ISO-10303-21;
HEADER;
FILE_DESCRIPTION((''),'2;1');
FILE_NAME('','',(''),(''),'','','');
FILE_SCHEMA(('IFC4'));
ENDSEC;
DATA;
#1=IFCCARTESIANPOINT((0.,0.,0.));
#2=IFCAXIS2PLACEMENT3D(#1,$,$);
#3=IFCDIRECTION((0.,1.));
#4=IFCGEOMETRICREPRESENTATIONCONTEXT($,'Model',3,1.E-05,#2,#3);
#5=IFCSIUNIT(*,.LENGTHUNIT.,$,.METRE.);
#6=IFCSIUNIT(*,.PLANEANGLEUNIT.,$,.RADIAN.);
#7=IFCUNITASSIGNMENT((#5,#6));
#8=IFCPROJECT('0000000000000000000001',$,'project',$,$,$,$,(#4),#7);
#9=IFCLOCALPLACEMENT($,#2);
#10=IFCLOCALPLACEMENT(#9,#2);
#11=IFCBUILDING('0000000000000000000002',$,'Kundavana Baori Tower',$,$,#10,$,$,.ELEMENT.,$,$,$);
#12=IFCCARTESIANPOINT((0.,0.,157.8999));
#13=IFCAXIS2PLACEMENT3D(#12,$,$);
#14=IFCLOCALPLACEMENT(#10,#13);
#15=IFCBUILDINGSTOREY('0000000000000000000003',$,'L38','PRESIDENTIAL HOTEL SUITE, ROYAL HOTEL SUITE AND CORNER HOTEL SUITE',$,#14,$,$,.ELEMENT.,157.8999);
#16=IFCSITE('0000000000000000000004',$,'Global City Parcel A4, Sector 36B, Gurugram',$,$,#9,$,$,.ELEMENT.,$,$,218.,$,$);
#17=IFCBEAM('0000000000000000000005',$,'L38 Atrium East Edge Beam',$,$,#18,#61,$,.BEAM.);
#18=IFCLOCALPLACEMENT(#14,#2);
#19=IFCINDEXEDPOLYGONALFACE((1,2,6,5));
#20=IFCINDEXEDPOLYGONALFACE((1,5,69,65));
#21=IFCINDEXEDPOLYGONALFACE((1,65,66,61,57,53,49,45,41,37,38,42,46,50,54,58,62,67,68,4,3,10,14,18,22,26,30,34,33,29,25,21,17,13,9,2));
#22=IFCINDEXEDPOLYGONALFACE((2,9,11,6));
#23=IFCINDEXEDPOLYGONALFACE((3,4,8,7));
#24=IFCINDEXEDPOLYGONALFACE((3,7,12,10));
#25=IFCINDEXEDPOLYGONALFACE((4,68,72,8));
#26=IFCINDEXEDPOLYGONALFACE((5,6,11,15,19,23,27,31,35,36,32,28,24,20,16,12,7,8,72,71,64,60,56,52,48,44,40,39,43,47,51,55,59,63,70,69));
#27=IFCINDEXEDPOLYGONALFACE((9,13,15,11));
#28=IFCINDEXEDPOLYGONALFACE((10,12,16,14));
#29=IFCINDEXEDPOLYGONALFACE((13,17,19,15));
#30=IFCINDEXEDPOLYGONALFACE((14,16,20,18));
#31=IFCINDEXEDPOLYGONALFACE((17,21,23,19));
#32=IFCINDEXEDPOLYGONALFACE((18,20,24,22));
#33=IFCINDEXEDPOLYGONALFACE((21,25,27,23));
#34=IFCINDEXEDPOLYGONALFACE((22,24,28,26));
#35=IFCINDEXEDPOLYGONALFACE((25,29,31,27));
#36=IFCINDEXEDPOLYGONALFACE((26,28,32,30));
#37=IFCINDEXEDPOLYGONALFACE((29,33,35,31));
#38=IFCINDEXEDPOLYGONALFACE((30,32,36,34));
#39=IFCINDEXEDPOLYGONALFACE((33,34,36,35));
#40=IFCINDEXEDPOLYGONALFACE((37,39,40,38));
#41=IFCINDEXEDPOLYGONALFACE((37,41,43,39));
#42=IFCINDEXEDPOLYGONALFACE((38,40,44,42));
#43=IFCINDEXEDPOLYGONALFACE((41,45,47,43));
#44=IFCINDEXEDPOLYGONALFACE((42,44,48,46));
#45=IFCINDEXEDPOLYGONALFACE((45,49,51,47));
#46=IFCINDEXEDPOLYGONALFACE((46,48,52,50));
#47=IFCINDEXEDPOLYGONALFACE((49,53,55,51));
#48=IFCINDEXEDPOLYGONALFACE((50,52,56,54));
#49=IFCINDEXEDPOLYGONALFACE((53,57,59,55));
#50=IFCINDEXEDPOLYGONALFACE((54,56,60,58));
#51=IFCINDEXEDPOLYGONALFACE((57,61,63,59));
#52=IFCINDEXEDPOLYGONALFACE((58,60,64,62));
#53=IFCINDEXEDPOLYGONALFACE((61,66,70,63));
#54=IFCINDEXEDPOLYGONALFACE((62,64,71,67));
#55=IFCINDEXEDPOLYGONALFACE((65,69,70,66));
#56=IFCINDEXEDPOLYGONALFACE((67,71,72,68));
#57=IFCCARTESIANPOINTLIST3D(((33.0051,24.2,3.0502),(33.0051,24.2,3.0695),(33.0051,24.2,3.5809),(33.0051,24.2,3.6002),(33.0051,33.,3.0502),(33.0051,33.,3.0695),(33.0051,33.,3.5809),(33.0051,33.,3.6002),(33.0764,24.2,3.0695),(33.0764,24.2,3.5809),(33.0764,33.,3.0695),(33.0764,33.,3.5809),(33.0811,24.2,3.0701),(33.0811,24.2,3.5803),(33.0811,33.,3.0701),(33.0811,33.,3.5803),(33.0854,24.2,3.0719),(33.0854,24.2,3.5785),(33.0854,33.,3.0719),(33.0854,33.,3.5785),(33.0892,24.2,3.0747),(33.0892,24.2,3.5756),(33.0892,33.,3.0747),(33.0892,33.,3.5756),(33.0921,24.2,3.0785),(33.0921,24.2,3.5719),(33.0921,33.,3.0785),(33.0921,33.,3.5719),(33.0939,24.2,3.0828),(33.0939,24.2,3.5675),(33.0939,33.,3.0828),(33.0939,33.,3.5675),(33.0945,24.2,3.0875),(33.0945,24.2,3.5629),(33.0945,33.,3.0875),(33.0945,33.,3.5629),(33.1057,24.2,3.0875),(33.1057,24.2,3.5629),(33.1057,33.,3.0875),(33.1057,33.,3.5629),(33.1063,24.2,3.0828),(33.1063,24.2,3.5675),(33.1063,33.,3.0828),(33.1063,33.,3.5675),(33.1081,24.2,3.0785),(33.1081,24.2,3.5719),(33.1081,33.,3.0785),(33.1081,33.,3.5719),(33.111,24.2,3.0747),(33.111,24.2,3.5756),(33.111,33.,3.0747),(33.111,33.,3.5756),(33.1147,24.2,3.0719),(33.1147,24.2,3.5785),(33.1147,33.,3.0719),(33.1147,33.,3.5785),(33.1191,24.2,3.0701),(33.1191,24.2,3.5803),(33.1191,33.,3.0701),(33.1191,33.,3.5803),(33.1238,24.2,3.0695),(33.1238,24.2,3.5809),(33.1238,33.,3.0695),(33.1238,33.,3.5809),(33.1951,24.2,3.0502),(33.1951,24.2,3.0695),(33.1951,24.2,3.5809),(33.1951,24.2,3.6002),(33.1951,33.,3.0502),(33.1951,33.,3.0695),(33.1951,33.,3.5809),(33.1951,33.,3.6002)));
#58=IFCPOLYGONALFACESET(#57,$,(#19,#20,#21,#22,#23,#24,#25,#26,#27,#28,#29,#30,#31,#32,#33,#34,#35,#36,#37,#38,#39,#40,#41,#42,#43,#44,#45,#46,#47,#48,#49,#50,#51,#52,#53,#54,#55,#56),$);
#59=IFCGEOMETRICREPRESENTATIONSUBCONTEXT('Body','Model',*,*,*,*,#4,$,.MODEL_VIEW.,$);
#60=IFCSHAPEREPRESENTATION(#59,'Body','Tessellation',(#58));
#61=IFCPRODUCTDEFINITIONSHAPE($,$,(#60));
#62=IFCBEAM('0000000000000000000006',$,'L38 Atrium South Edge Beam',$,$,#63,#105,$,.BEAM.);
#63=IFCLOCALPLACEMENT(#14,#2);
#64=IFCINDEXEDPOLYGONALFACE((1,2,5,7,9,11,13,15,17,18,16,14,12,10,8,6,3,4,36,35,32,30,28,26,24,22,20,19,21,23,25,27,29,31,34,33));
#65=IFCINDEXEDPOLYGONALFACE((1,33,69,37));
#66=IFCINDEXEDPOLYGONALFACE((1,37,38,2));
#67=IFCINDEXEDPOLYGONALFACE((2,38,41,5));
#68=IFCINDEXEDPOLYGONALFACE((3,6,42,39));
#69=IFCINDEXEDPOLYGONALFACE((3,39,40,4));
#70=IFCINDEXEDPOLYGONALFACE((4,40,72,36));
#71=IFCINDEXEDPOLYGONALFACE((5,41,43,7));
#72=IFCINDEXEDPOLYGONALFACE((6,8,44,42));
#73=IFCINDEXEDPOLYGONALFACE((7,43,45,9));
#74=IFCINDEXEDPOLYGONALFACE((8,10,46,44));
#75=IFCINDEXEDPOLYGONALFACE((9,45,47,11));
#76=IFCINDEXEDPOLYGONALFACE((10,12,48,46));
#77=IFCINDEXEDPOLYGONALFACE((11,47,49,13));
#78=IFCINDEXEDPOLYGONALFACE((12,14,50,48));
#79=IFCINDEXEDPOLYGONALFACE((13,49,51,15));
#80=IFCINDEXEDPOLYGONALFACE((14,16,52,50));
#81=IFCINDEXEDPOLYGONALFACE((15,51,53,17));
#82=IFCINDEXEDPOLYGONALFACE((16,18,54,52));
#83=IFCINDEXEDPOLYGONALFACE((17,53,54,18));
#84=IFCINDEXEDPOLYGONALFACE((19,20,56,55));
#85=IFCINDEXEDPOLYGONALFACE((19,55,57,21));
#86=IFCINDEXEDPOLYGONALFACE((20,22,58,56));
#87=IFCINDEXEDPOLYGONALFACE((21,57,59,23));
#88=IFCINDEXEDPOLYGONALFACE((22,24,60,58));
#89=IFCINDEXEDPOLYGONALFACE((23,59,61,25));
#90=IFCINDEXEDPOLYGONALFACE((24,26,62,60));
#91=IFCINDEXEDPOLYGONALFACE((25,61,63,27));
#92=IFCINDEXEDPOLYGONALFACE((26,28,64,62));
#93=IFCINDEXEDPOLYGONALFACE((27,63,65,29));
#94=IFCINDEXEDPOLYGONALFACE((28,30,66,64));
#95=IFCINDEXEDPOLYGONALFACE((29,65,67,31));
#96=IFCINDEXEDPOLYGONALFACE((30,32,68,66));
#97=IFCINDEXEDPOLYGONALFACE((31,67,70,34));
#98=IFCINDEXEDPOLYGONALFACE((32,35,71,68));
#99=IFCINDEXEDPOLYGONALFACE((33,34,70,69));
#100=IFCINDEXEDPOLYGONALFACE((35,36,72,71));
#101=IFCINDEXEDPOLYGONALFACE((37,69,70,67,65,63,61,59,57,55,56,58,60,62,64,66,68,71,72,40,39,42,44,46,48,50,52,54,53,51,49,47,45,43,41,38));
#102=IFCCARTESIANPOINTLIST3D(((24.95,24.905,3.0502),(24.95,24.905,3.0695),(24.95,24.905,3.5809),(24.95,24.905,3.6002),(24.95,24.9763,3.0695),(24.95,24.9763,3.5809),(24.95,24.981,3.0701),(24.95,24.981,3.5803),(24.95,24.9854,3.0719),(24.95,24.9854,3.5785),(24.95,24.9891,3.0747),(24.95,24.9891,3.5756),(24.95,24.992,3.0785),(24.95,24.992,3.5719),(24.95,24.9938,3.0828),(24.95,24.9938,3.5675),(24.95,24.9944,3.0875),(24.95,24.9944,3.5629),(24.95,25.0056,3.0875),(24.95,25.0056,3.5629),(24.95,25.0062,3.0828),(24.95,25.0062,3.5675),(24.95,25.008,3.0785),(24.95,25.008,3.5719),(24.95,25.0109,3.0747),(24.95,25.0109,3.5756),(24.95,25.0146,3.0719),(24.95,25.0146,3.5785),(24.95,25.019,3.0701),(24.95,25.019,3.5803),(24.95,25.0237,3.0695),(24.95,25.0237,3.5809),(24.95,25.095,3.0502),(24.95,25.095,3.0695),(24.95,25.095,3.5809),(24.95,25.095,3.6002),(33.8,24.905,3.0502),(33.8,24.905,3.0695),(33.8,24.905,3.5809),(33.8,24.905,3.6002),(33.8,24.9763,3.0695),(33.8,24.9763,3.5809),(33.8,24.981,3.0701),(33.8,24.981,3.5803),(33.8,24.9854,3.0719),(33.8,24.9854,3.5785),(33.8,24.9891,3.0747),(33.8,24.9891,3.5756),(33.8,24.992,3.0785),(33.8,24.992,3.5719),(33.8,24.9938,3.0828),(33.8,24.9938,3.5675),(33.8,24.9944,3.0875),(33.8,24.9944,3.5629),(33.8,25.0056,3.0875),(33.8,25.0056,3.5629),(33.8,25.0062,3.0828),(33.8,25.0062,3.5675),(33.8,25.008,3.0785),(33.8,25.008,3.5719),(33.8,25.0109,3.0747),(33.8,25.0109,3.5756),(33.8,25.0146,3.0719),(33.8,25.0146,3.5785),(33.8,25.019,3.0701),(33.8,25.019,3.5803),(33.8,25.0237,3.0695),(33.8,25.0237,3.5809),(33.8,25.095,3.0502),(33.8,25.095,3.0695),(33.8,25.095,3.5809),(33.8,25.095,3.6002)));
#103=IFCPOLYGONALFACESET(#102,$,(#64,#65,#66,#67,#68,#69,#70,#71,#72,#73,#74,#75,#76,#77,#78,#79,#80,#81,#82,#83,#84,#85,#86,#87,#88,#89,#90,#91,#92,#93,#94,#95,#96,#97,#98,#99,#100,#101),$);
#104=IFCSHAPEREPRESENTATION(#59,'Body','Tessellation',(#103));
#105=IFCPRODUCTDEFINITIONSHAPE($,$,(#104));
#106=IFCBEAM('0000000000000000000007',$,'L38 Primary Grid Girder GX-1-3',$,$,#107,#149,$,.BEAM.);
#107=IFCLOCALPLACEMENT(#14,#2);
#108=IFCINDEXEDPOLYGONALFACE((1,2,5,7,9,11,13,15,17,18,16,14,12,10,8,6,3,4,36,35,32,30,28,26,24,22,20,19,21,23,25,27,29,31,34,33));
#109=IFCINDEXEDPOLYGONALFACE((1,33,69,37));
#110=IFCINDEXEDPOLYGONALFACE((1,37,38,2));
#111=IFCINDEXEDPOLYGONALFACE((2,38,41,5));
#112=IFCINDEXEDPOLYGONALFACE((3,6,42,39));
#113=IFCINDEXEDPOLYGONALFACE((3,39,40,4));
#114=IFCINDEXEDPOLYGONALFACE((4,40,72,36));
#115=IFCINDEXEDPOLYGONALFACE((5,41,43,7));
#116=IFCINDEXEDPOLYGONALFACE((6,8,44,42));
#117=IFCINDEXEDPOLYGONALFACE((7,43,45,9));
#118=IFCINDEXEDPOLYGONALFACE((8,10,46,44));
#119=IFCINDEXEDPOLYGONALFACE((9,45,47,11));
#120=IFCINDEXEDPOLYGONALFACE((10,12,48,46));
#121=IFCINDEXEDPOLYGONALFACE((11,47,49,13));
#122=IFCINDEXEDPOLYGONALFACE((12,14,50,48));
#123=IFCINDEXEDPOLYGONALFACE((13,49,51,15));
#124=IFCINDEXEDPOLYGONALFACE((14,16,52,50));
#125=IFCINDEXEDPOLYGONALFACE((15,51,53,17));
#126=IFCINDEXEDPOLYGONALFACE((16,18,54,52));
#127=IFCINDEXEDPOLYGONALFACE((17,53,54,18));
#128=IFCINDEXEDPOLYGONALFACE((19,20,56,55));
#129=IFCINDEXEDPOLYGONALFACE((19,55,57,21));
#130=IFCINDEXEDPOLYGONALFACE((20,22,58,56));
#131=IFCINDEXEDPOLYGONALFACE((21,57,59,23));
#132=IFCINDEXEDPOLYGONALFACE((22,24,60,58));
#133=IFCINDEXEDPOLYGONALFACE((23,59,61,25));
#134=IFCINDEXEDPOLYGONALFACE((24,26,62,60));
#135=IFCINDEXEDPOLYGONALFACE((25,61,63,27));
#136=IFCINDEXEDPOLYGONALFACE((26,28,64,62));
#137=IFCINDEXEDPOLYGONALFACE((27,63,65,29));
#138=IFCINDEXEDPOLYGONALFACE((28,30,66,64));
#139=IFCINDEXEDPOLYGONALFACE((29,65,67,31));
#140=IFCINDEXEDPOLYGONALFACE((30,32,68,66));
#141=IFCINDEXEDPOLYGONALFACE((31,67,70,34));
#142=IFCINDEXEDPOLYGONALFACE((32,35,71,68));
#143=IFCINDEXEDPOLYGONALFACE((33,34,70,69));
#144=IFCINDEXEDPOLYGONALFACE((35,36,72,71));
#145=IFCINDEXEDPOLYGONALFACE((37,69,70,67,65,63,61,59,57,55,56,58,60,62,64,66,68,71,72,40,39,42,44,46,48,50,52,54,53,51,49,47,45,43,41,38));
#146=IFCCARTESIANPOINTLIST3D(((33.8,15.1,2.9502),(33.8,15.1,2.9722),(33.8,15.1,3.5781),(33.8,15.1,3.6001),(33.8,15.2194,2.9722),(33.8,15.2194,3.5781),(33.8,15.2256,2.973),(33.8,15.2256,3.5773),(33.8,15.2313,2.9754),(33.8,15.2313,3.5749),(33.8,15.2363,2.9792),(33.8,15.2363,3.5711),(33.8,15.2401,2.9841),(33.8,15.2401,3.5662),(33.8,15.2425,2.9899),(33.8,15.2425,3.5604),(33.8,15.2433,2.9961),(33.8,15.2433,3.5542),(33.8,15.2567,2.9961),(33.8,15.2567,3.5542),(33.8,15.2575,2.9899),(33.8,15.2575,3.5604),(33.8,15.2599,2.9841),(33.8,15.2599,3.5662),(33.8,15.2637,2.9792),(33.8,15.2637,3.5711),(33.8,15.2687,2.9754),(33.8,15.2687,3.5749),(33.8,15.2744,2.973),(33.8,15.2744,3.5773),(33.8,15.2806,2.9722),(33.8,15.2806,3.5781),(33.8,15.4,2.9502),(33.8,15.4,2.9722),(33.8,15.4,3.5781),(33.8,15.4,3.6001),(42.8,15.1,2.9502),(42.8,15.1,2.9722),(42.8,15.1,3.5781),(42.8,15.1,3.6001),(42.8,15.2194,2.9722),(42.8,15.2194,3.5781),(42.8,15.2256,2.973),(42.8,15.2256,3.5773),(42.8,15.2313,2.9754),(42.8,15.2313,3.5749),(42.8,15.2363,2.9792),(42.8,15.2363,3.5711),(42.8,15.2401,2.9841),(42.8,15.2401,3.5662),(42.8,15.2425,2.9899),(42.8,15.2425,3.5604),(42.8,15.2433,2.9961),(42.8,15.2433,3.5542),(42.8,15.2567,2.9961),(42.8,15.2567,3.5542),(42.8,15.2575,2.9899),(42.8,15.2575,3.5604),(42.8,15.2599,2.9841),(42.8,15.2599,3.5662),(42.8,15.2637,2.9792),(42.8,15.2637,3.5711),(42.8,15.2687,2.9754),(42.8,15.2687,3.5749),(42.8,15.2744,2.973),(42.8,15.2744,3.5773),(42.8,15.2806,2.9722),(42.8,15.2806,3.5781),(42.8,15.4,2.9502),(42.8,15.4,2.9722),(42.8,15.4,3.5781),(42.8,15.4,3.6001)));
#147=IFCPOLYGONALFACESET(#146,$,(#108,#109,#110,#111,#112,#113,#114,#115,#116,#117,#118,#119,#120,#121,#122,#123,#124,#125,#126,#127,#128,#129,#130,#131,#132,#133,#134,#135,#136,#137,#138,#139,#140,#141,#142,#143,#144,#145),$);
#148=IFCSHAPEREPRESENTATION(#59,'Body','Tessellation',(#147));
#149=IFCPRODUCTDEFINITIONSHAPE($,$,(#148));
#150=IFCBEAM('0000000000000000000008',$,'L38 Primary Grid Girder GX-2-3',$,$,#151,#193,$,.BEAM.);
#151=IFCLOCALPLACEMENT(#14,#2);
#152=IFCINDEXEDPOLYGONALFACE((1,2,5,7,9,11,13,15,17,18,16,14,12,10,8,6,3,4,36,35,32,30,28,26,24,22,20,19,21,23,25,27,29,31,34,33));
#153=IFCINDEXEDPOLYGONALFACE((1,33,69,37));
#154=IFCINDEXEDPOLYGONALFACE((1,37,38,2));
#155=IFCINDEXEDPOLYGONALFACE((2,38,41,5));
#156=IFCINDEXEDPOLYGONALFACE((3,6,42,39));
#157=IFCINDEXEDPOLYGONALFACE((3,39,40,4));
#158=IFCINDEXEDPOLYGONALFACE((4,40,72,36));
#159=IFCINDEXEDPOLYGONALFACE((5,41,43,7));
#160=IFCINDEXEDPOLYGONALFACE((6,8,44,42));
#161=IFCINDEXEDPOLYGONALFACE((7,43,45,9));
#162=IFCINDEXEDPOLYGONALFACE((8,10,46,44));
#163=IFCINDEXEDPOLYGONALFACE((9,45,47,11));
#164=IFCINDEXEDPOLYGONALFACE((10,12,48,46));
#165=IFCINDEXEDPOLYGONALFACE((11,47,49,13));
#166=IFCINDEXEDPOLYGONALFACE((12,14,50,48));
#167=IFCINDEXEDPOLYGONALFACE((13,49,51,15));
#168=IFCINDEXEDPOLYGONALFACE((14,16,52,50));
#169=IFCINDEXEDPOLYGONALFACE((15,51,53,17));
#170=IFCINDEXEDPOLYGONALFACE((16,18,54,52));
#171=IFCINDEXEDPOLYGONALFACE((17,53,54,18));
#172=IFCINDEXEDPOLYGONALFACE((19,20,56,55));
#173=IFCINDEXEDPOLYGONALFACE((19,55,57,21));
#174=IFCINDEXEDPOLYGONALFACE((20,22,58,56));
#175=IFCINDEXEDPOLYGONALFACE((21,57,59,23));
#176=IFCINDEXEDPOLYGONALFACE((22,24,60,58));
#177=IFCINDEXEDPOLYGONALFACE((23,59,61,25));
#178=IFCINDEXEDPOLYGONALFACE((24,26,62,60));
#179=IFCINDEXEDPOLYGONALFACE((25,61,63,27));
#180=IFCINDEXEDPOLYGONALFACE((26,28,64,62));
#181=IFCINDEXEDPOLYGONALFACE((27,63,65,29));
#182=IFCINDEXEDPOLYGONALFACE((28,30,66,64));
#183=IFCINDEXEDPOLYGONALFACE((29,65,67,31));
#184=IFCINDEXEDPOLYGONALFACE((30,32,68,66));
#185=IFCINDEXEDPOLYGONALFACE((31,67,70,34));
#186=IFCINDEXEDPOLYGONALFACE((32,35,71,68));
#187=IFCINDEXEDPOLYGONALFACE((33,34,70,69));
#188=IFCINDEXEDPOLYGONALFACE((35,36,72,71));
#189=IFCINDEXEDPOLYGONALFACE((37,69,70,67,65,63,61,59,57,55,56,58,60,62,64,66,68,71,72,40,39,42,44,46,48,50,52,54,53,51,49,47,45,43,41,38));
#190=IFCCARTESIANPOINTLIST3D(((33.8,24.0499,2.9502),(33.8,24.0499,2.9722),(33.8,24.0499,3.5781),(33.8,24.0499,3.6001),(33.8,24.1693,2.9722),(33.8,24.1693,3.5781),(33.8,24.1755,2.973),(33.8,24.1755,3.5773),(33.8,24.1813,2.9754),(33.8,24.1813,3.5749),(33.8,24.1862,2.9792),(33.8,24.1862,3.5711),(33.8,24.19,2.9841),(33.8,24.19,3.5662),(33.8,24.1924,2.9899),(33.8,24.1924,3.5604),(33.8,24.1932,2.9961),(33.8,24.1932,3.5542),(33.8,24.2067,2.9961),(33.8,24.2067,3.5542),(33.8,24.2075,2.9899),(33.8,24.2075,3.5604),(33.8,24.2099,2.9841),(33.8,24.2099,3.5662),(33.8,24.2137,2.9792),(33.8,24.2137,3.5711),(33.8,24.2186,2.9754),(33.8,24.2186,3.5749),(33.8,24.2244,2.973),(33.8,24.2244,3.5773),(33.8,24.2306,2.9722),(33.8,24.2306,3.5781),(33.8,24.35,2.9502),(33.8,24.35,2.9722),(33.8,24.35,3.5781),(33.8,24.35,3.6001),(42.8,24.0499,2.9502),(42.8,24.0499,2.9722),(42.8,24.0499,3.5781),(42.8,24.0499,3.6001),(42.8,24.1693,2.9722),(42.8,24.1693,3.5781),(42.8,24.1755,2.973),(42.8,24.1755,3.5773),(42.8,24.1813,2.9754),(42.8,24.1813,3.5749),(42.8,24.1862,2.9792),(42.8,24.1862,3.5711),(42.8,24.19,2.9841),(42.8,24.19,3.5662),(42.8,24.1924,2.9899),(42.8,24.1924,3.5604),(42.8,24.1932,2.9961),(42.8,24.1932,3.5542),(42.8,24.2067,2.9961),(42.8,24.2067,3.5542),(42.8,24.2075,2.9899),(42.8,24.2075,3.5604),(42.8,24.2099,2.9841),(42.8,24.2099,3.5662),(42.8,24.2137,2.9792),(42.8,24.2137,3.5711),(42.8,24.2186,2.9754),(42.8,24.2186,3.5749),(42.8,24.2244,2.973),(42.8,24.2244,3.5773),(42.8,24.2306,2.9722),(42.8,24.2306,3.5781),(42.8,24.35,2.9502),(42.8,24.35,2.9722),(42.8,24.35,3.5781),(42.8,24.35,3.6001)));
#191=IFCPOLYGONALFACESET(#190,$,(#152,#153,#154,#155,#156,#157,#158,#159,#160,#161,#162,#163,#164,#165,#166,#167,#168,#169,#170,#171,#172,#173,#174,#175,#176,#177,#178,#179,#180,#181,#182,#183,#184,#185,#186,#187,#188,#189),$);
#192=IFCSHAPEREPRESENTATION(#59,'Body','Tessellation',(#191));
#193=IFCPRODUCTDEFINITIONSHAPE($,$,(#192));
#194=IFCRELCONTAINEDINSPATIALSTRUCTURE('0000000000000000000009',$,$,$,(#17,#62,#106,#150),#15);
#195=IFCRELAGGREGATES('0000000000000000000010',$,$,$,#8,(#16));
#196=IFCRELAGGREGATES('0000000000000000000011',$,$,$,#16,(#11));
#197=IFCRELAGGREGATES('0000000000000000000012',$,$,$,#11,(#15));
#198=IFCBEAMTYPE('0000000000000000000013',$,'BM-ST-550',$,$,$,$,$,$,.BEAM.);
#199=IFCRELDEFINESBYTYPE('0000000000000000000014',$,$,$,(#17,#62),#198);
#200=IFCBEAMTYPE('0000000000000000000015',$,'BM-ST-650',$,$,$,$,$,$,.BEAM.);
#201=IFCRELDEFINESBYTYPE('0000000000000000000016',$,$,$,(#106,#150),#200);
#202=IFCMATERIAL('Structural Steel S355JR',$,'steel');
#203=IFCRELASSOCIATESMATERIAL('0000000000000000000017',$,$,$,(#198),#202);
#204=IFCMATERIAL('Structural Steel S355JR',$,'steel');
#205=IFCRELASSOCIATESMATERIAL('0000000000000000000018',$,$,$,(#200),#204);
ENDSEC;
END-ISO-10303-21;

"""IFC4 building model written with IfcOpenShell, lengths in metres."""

from ifc_helpers import new_model, si_unit, direction, frame, origin, origin_2d, place, context, subcontext, project, spatial, i_section, extrude, material, material_profile, profile_set, type_object, element, save


model = new_model("IFC4")

# Units and contexts
model_context = context("Model", 3, precision=1e-05, world=origin(), true_north=direction((0.0, 1.0)))
body_context = subcontext(model_context, "Body", "Model", "MODEL_VIEW")
ifc_project = project(units=[si_unit("LENGTHUNIT", "METRE"), si_unit("PLANEANGLEUNIT", "RADIAN")], contexts=[model_context])

# Site, building, storey
site_placement = place(None, origin())
site = spatial("IfcSite", under=ifc_project, at=site_placement, Name="Global City Parcel A4, Sector 36B, Gurugram", CompositionType="ELEMENT", RefElevation=218.0)
building_placement = place(site_placement, origin())
building = spatial("IfcBuilding", under=site, at=building_placement, Name="Kundavana Baori Tower", CompositionType="ELEMENT")
storey_placement = place(building_placement, frame((0.0, 0.0, 157.8999)))
storey = spatial("IfcBuildingStorey", under=building, at=storey_placement, Name="L38", Description="PRESIDENTIAL HOTEL SUITE, ROYAL HOTEL SUITE AND CORNER HOTEL SUITE", CompositionType="ELEMENT", Elevation=157.8999)

# Beams
ifc_material_1 = material(Name="Structural Steel S355JR", Category="steel")
ifc_material_profile_1 = material_profile(ifc_material_1, i_section(OverallWidth=0.1899, OverallDepth=0.55, WebThickness=0.0112, FlangeThickness=0.0193, FilletRadius=0.0181, at=origin_2d()), Name="ISMB 550")
ifc_profile_set_1 = profile_set([ifc_material_profile_1], Name="Structural Steel S355JR")
beam_type_1 = type_object("IfcBeamType", Name="BM-ST-550", PredefinedType="BEAM", material=ifc_profile_set_1)
for number, where, z_axis, x_axis, name in (
    (1, (33.1001, 24.2, 3.3252), (0.0, 1.0, 0.0), (-1.0, 0.0, 0.0), "L38 Atrium East Edge Beam"),
):
    element("IfcBeam", number, at=place(storey_placement, frame(where, z_axis=z_axis, x_axis=x_axis)), inside=storey, type_object=beam_type_1, Name=name, PredefinedType="BEAM", context=body_context, shape_type="SweptSolid", body=[
        extrude(i_section(OverallWidth=0.1899, OverallDepth=0.55, WebThickness=0.0112, FlangeThickness=0.0193, FilletRadius=0.0181, at=origin_2d()), origin(), (0.0, 0.0, 1.0), 8.8),
    ])
beam_1_placement = place(storey_placement, frame((24.95, 25.0, 3.3252), z_axis=(1.0, 0.0, 0.0), x_axis=(0.0, 1.0, 0.0)))
element("IfcBeam", 2, at=beam_1_placement, inside=storey, type_object=beam_type_1, Name="L38 Atrium South Edge Beam", PredefinedType="BEAM", context=body_context, shape_type="SweptSolid", body=[
    extrude(i_section(OverallWidth=0.1899, OverallDepth=0.55, WebThickness=0.0112, FlangeThickness=0.0193, FilletRadius=0.0181, at=origin_2d()), origin(), (0.0, 0.0, 1.0), 8.8501),
])
ifc_material_2 = material(Name="Structural Steel S355JR", Category="steel")
ifc_material_profile_2 = material_profile(ifc_material_2, i_section(OverallWidth=0.3, OverallDepth=0.6499, WebThickness=0.0134, FlangeThickness=0.022, FilletRadius=0.0239, at=origin_2d()), Name="NPB 650x300x155")
ifc_profile_set_2 = profile_set([ifc_material_profile_2], Name="Structural Steel S355JR")
beam_type_2 = type_object("IfcBeamType", Name="BM-ST-650", PredefinedType="BEAM", material=ifc_profile_set_2)
for number, where, z_axis, x_axis, name in (
    (3, (33.8, 15.25, 3.2751), (1.0, 0.0, 0.0), (0.0, 1.0, 0.0), "L38 Primary Grid Girder GX-1-3"),
    (4, (33.8, 24.2, 3.2751), (1.0, 0.0, 0.0), (0.0, 1.0, 0.0), "L38 Primary Grid Girder GX-2-3"),
):
    element("IfcBeam", number, at=place(storey_placement, frame(where, z_axis=z_axis, x_axis=x_axis)), inside=storey, type_object=beam_type_2, Name=name, PredefinedType="BEAM", context=body_context, shape_type="SweptSolid", body=[
        extrude(i_section(OverallWidth=0.3, OverallDepth=0.6499, WebThickness=0.0134, FlangeThickness=0.022, FilletRadius=0.0239, at=origin_2d()), origin(), (0.0, 0.0, 1.0), 9.0),
    ])

save(model, "model.ifc")
